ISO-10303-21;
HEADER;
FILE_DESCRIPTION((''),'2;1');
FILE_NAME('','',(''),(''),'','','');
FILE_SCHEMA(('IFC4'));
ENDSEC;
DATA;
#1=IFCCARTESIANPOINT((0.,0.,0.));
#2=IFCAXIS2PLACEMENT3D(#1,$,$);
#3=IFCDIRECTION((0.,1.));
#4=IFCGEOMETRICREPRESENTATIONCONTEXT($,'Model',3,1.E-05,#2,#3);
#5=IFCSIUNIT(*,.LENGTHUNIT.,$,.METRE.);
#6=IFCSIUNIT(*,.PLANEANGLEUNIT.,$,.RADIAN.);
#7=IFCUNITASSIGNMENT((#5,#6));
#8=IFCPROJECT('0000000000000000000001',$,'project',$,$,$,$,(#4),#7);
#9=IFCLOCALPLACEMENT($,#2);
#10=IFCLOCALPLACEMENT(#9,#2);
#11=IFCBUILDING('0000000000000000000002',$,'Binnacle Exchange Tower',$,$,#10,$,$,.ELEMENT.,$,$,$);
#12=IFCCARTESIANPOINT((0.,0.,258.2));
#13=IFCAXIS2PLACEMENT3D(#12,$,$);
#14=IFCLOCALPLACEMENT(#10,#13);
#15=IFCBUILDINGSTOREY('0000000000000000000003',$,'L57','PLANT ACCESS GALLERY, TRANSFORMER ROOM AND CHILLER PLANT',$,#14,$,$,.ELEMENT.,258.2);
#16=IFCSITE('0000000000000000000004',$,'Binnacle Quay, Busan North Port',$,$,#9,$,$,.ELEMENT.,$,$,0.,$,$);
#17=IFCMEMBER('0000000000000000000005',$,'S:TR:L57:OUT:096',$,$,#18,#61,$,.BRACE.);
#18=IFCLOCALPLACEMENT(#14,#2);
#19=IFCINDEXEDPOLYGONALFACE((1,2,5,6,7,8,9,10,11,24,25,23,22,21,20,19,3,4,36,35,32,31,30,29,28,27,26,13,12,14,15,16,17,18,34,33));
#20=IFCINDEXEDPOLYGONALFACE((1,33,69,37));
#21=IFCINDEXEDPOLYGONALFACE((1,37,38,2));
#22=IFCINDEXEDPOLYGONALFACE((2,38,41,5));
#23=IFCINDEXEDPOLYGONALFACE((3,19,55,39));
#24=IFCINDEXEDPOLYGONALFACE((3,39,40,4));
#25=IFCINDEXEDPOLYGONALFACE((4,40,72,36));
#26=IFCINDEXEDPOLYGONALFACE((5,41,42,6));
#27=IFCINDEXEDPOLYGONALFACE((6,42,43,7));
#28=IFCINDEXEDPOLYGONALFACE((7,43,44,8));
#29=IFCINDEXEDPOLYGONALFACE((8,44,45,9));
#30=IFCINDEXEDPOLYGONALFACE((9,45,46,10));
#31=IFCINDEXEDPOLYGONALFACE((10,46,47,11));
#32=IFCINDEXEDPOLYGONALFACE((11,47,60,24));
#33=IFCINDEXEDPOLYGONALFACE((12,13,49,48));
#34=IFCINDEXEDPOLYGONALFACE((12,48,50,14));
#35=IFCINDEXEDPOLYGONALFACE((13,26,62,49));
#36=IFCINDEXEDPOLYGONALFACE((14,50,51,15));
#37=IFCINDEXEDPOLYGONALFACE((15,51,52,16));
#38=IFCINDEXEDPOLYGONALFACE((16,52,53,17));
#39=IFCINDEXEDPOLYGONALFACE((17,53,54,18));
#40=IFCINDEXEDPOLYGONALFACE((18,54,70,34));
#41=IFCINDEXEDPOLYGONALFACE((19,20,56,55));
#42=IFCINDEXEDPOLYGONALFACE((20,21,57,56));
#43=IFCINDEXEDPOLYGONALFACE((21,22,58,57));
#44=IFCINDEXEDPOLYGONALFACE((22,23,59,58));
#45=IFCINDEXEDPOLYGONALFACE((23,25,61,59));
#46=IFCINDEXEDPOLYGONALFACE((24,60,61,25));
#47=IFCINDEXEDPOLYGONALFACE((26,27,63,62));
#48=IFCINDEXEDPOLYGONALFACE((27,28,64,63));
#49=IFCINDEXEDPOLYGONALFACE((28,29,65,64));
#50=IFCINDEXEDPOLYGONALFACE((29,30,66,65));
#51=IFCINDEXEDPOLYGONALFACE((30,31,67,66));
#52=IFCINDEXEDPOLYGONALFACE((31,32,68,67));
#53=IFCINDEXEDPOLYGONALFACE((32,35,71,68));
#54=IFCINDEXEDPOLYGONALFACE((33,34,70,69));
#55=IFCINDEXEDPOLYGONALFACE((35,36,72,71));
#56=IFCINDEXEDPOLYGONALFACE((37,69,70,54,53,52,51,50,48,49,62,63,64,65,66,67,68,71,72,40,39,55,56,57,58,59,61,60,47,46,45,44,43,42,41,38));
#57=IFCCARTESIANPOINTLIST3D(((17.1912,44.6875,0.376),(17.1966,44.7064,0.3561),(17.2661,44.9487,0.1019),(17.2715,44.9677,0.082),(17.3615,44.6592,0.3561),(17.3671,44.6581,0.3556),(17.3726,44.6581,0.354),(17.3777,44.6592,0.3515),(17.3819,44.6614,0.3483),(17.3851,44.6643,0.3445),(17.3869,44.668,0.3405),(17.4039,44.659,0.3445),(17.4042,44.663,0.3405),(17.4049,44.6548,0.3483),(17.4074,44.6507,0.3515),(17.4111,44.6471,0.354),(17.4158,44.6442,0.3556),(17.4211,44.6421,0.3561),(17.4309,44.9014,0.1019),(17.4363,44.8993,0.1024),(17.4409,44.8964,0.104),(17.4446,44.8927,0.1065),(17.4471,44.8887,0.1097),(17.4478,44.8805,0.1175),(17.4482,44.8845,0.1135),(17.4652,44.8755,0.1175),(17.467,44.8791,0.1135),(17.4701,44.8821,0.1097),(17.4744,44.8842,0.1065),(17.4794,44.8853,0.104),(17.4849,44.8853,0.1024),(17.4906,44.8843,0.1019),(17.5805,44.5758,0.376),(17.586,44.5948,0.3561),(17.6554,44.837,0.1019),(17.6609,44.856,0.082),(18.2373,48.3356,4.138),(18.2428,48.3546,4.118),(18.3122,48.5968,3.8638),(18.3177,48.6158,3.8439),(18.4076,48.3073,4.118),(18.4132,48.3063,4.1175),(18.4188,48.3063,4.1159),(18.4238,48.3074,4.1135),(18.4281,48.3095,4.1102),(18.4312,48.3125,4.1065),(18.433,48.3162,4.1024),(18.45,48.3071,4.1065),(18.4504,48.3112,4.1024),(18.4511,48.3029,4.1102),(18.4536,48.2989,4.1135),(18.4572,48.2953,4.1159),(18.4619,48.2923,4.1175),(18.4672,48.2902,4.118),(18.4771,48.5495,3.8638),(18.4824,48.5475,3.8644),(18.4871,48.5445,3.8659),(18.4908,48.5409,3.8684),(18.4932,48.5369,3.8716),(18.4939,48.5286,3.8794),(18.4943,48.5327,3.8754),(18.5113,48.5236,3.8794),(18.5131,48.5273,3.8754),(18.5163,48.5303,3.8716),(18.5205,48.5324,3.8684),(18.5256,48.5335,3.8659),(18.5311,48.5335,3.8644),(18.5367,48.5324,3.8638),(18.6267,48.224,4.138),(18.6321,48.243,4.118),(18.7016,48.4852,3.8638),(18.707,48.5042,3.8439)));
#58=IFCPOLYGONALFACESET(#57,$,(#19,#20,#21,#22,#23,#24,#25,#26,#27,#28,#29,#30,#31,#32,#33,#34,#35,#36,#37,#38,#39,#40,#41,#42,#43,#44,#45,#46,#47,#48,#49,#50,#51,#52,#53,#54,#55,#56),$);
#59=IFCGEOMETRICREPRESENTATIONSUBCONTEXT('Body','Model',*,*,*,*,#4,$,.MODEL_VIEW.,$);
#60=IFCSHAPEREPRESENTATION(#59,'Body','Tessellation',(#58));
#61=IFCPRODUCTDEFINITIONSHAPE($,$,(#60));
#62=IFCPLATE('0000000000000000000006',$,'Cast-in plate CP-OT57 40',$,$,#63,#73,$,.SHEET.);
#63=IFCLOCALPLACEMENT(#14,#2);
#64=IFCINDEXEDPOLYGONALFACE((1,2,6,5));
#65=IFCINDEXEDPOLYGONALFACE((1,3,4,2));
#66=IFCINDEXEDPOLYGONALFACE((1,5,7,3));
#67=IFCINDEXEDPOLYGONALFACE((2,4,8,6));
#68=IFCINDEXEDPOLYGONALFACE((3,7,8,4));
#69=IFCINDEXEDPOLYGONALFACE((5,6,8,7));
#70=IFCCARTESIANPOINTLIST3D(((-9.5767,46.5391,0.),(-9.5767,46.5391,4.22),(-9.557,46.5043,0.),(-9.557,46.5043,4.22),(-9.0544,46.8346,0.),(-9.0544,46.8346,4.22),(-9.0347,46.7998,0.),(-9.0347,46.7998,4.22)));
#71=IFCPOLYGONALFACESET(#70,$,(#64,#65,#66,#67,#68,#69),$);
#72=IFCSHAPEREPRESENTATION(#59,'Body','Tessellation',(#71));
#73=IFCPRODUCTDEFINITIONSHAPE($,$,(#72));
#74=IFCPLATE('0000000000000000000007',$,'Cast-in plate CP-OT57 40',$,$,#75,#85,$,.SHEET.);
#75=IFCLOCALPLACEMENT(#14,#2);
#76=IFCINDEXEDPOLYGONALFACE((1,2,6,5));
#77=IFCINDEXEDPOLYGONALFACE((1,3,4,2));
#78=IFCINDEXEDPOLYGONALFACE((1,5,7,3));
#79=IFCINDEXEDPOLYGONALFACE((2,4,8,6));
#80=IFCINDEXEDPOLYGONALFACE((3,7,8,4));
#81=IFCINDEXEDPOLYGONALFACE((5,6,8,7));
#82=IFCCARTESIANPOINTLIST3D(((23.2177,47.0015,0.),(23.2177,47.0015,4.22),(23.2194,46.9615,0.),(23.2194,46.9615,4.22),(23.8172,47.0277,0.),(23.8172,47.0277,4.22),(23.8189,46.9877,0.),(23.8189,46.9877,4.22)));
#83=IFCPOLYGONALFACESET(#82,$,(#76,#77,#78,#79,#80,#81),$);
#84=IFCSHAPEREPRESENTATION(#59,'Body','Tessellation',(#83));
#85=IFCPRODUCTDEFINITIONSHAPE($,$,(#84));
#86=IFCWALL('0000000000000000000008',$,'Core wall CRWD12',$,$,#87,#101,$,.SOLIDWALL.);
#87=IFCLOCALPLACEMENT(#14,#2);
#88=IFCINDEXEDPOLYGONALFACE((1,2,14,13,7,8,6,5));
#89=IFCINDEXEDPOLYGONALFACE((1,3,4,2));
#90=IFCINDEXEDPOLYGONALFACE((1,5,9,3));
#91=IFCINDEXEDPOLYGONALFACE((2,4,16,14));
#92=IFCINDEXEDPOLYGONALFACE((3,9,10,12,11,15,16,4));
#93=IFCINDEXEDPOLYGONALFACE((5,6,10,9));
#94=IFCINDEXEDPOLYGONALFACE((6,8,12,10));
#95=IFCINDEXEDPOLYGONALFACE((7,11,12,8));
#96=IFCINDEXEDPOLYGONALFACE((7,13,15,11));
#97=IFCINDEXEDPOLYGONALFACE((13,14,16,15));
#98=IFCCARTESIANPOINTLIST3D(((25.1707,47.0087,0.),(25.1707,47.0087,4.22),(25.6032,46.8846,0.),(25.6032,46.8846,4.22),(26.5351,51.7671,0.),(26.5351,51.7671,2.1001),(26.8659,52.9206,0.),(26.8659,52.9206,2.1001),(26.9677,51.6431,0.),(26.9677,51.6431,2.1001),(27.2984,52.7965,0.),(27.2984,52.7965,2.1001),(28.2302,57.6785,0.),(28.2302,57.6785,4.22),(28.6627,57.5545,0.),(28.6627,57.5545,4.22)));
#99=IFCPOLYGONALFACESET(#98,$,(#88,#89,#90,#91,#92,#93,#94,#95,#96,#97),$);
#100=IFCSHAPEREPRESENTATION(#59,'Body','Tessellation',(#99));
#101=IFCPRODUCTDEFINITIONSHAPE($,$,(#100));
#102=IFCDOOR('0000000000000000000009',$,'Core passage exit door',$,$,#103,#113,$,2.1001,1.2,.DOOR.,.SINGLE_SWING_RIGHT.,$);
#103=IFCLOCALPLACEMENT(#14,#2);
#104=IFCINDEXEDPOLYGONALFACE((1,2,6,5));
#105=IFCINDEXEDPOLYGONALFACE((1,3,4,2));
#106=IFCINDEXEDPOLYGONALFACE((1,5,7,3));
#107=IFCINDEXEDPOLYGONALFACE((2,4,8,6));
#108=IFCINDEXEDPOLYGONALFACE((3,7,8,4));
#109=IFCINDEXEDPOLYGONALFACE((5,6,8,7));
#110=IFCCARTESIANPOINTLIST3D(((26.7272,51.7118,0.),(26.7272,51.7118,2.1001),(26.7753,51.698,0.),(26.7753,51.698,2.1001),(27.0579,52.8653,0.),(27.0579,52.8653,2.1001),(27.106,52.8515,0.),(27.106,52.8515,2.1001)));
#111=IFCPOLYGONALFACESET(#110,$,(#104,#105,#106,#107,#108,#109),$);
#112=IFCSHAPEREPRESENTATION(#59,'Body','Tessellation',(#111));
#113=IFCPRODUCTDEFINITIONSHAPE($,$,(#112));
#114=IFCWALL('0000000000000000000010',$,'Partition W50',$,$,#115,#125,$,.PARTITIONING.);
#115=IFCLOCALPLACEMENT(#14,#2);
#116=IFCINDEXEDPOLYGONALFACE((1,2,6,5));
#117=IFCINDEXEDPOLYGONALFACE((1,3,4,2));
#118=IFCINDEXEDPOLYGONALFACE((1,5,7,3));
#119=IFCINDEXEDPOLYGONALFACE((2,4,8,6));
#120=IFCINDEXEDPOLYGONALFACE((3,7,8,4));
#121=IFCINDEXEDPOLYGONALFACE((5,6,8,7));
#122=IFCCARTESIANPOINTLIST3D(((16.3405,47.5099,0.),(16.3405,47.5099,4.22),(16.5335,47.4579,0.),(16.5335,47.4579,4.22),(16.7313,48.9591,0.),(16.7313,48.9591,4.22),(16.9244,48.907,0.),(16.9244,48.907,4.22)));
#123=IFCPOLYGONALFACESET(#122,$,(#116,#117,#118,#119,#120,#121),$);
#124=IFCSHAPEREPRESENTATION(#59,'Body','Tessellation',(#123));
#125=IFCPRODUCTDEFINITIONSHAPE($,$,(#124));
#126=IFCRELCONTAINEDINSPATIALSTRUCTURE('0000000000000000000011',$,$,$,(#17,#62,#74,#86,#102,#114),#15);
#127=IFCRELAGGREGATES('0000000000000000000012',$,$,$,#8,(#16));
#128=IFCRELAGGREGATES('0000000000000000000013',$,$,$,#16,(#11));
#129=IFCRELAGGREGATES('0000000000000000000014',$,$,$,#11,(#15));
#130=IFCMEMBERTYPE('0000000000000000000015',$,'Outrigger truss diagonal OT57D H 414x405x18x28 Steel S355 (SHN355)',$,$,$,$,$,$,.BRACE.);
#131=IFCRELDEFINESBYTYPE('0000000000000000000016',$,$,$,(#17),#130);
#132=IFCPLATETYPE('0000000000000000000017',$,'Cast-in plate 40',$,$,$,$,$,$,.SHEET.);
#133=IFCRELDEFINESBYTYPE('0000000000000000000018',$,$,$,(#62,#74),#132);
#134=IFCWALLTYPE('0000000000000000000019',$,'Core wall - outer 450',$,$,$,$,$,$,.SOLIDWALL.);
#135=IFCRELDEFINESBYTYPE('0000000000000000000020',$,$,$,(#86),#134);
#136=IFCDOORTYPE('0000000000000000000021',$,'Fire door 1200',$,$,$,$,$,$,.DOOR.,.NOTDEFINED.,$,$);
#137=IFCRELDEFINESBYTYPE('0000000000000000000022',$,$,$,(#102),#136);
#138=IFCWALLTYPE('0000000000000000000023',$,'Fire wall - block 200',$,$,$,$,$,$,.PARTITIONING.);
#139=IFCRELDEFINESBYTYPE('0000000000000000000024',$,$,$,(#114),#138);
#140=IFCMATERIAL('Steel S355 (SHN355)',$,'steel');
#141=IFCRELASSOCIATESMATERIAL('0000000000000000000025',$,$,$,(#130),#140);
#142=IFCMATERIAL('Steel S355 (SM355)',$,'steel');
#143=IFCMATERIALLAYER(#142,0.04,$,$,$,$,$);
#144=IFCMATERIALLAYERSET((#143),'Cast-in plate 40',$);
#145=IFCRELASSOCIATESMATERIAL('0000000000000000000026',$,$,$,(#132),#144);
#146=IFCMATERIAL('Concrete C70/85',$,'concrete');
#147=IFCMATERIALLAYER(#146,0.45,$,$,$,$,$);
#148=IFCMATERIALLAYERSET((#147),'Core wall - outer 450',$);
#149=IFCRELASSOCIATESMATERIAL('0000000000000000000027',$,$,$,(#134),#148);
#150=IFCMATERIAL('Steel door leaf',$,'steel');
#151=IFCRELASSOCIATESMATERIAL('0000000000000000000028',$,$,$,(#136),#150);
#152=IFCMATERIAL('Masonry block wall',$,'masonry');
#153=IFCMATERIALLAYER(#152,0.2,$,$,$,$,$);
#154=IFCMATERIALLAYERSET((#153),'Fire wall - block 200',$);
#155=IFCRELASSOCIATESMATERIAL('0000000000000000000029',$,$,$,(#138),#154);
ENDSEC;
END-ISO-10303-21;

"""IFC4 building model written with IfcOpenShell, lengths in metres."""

from ifc_helpers import new_model, si_unit, direction, frame, frame_2d, origin, origin_2d, place, context, subcontext, project, spatial, rectangle, i_section, extrude, material, layer, layer_set, material_profile, profile_set, type_object, element, fill, save


model = new_model("IFC4")

# Units and contexts
model_context = context("Model", 3, precision=1e-05, world=origin(), true_north=direction((0.0, 1.0)))
body_context = subcontext(model_context, "Body", "Model", "MODEL_VIEW")
ifc_project = project(units=[si_unit("LENGTHUNIT", "METRE"), si_unit("PLANEANGLEUNIT", "RADIAN")], contexts=[model_context])

# Site, building, storey
site_placement = place(None, origin())
site = spatial("IfcSite", under=ifc_project, at=site_placement, Name="Binnacle Quay, Busan North Port", CompositionType="ELEMENT", RefElevation=0.0)
building_placement = place(site_placement, origin())
building = spatial("IfcBuilding", under=site, at=building_placement, Name="Binnacle Exchange Tower", CompositionType="ELEMENT")
storey_placement = place(building_placement, frame((0.0, 0.0, 258.2)))
storey = spatial("IfcBuildingStorey", under=building, at=storey_placement, Name="L57", Description="PLANT ACCESS GALLERY, TRANSFORMER ROOM AND CHILLER PLANT", CompositionType="ELEMENT", Elevation=258.2)

# Shared definitions
ifc_material_1 = material(Name="Steel S355 (SHN355)", Category="steel")

# Member
ifc_material_profile_1 = material_profile(ifc_material_1, i_section(OverallWidth=0.405, OverallDepth=0.4141, WebThickness=0.0181, FlangeThickness=0.0281, FilletRadius=0.022, at=origin_2d()), Name="H 414x405x18x28")
ifc_profile_set_1 = profile_set([ifc_material_profile_1], Name="Steel S355 (SHN355)")
member_type_1 = type_object("IfcMemberType", Name="Outrigger truss diagonal OT57D H 414x405x18x28 Steel S355 (SHN355)", PredefinedType="BRACE", material=ifc_profile_set_1)
member_1_placement = place(storey_placement, frame((17.426, 44.7717, 0.229), z_axis=(0.195768, 0.682698, 0.703988), x_axis=(-0.961259, 0.275647, 0.0)))
element("IfcMember", 1, at=member_1_placement, inside=storey, type_object=member_type_1, Name="S:TR:L57:OUT:096", PredefinedType="BRACE", context=body_context, shape_type="SweptSolid", body=[
    extrude(i_section(OverallWidth=0.405, OverallDepth=0.4141, WebThickness=0.0181, FlangeThickness=0.0281, FilletRadius=0.022, at=origin_2d()), origin(), (0.0, 0.0, 1.0), 5.3438),
])

# Plates
ifc_material_2 = material(Name="Steel S355 (SM355)", Category="steel")
ifc_layer_1 = layer(ifc_material_2, 0.04)
ifc_layer_set_1 = layer_set([ifc_layer_1], Name="Cast-in plate 40")
plate_type = type_object("IfcPlateType", Name="Cast-in plate 40", PredefinedType="SHEET", material=ifc_layer_set_1)
for number, where, z_axis, x_axis, name in (
    (2, (-9.3057, 46.6694, 0.0), (0.0, 0.0, 1.0), (-0.492424, 0.870356, 0.0), "Cast-in plate CP-OT57 40"),
    (3, (23.5183, 46.9946, 0.0), (0.0, 0.0, 1.0), (-0.043619, 0.999048, 0.0), "Cast-in plate CP-OT57 40"),
):
    element("IfcPlate", number, at=place(storey_placement, frame(where, z_axis=z_axis, x_axis=x_axis)), inside=storey, type_object=plate_type, Name=name, PredefinedType="SHEET", context=body_context, shape_type="SweptSolid", body=[
        extrude(rectangle(XDim=0.04, YDim=0.6001, at=origin_2d()), origin(), (0.0, 0.0, 1.0), 4.22),
    ])

# Wall, opening, door
ifc_material_3 = material(Name="Concrete C70/85", Category="concrete")
ifc_layer_2 = layer(ifc_material_3, 0.45)
ifc_layer_set_2 = layer_set([ifc_layer_2], Name="Core wall - outer 450")
wall_type_1 = type_object("IfcWallType", Name="Core wall - outer 450", PredefinedType="SOLIDWALL", material=ifc_layer_set_2)
wall_1_placement = place(storey_placement, frame((25.387, 46.9468, 0.0), z_axis=(0.0, 0.0, 1.0), x_axis=(0.275639, 0.961261, 0.0)))
wall_1 = element("IfcWall", 4, at=wall_1_placement, inside=storey, type_object=wall_type_1, Name="Core wall CRWD12", PredefinedType="SOLIDWALL", context=body_context, shape_type="SweptSolid", body=[
    extrude(rectangle(XDim=11.0999, YDim=0.45, at=frame_2d((5.5498, 0.0))), origin(), (0.0, 0.0, 1.0), 4.22),
])
opening_placement = place(wall_1_placement, frame((4.95, 0.0, 0.0)))
opening = element("IfcOpeningElement", 5, at=opening_placement, cuts=wall_1, PredefinedType="OPENING", context=body_context, shape_type="SweptSolid", body=[
    extrude(rectangle(XDim=1.2, YDim=2.1001, at=frame_2d((0.6001, 1.05))), frame((0.0, 0.2349, 0.0), z_axis=(0.0, -1.0, 0.0), x_axis=(1.0, 0.0, 0.0)), (0.0, 0.0, 1.0), 0.47),
])
ifc_material_4 = material(Name="Steel door leaf", Category="steel")
door_type = type_object("IfcDoorType", Name="Fire door 1200", OperationType="NOTDEFINED", PredefinedType="DOOR", material=ifc_material_4)
door_placement = place(opening_placement, frame((1.2, 0.0, 0.0), z_axis=(0.0, 0.0, 1.0), x_axis=(-1.0, 0.0, 0.0)))
door = element("IfcDoor", 6, at=door_placement, inside=storey, type_object=door_type, Name="Core passage exit door", OperationType="SINGLE_SWING_RIGHT", OverallHeight=2.1001, OverallWidth=1.2, PredefinedType="DOOR", context=body_context, shape_type="SweptSolid", body=[
    extrude(rectangle(XDim=1.2, YDim=2.1001, at=frame_2d((0.6001, 1.05))), frame((0.0, 0.0249, 0.0), z_axis=(0.0, -1.0, 0.0), x_axis=(1.0, 0.0, 0.0)), (0.0, 0.0, 1.0), 0.05),
])
fill(opening, door)

# Wall
ifc_material_5 = material(Name="Masonry block wall", Category="masonry")
ifc_layer_3 = layer(ifc_material_5, 0.2)
ifc_layer_set_3 = layer_set([ifc_layer_3], Name="Fire wall - block 200")
wall_type_2 = type_object("IfcWallType", Name="Fire wall - block 200", PredefinedType="PARTITIONING", material=ifc_layer_set_3)
wall_2_placement = place(storey_placement, frame((16.437, 47.4839, 0.0), z_axis=(0.0, 0.0, 1.0), x_axis=(0.260405, 0.965499, 0.0)))
element("IfcWall", 7, at=wall_2_placement, inside=storey, type_object=wall_type_2, Name="Partition W50", PredefinedType="PARTITIONING", context=body_context, shape_type="SweptSolid", body=[
    extrude(rectangle(XDim=1.501, YDim=0.2, at=frame_2d((0.7505, 0.0))), origin(), (0.0, 0.0, 1.0), 4.22),
])

save(model, "model.ifc")
